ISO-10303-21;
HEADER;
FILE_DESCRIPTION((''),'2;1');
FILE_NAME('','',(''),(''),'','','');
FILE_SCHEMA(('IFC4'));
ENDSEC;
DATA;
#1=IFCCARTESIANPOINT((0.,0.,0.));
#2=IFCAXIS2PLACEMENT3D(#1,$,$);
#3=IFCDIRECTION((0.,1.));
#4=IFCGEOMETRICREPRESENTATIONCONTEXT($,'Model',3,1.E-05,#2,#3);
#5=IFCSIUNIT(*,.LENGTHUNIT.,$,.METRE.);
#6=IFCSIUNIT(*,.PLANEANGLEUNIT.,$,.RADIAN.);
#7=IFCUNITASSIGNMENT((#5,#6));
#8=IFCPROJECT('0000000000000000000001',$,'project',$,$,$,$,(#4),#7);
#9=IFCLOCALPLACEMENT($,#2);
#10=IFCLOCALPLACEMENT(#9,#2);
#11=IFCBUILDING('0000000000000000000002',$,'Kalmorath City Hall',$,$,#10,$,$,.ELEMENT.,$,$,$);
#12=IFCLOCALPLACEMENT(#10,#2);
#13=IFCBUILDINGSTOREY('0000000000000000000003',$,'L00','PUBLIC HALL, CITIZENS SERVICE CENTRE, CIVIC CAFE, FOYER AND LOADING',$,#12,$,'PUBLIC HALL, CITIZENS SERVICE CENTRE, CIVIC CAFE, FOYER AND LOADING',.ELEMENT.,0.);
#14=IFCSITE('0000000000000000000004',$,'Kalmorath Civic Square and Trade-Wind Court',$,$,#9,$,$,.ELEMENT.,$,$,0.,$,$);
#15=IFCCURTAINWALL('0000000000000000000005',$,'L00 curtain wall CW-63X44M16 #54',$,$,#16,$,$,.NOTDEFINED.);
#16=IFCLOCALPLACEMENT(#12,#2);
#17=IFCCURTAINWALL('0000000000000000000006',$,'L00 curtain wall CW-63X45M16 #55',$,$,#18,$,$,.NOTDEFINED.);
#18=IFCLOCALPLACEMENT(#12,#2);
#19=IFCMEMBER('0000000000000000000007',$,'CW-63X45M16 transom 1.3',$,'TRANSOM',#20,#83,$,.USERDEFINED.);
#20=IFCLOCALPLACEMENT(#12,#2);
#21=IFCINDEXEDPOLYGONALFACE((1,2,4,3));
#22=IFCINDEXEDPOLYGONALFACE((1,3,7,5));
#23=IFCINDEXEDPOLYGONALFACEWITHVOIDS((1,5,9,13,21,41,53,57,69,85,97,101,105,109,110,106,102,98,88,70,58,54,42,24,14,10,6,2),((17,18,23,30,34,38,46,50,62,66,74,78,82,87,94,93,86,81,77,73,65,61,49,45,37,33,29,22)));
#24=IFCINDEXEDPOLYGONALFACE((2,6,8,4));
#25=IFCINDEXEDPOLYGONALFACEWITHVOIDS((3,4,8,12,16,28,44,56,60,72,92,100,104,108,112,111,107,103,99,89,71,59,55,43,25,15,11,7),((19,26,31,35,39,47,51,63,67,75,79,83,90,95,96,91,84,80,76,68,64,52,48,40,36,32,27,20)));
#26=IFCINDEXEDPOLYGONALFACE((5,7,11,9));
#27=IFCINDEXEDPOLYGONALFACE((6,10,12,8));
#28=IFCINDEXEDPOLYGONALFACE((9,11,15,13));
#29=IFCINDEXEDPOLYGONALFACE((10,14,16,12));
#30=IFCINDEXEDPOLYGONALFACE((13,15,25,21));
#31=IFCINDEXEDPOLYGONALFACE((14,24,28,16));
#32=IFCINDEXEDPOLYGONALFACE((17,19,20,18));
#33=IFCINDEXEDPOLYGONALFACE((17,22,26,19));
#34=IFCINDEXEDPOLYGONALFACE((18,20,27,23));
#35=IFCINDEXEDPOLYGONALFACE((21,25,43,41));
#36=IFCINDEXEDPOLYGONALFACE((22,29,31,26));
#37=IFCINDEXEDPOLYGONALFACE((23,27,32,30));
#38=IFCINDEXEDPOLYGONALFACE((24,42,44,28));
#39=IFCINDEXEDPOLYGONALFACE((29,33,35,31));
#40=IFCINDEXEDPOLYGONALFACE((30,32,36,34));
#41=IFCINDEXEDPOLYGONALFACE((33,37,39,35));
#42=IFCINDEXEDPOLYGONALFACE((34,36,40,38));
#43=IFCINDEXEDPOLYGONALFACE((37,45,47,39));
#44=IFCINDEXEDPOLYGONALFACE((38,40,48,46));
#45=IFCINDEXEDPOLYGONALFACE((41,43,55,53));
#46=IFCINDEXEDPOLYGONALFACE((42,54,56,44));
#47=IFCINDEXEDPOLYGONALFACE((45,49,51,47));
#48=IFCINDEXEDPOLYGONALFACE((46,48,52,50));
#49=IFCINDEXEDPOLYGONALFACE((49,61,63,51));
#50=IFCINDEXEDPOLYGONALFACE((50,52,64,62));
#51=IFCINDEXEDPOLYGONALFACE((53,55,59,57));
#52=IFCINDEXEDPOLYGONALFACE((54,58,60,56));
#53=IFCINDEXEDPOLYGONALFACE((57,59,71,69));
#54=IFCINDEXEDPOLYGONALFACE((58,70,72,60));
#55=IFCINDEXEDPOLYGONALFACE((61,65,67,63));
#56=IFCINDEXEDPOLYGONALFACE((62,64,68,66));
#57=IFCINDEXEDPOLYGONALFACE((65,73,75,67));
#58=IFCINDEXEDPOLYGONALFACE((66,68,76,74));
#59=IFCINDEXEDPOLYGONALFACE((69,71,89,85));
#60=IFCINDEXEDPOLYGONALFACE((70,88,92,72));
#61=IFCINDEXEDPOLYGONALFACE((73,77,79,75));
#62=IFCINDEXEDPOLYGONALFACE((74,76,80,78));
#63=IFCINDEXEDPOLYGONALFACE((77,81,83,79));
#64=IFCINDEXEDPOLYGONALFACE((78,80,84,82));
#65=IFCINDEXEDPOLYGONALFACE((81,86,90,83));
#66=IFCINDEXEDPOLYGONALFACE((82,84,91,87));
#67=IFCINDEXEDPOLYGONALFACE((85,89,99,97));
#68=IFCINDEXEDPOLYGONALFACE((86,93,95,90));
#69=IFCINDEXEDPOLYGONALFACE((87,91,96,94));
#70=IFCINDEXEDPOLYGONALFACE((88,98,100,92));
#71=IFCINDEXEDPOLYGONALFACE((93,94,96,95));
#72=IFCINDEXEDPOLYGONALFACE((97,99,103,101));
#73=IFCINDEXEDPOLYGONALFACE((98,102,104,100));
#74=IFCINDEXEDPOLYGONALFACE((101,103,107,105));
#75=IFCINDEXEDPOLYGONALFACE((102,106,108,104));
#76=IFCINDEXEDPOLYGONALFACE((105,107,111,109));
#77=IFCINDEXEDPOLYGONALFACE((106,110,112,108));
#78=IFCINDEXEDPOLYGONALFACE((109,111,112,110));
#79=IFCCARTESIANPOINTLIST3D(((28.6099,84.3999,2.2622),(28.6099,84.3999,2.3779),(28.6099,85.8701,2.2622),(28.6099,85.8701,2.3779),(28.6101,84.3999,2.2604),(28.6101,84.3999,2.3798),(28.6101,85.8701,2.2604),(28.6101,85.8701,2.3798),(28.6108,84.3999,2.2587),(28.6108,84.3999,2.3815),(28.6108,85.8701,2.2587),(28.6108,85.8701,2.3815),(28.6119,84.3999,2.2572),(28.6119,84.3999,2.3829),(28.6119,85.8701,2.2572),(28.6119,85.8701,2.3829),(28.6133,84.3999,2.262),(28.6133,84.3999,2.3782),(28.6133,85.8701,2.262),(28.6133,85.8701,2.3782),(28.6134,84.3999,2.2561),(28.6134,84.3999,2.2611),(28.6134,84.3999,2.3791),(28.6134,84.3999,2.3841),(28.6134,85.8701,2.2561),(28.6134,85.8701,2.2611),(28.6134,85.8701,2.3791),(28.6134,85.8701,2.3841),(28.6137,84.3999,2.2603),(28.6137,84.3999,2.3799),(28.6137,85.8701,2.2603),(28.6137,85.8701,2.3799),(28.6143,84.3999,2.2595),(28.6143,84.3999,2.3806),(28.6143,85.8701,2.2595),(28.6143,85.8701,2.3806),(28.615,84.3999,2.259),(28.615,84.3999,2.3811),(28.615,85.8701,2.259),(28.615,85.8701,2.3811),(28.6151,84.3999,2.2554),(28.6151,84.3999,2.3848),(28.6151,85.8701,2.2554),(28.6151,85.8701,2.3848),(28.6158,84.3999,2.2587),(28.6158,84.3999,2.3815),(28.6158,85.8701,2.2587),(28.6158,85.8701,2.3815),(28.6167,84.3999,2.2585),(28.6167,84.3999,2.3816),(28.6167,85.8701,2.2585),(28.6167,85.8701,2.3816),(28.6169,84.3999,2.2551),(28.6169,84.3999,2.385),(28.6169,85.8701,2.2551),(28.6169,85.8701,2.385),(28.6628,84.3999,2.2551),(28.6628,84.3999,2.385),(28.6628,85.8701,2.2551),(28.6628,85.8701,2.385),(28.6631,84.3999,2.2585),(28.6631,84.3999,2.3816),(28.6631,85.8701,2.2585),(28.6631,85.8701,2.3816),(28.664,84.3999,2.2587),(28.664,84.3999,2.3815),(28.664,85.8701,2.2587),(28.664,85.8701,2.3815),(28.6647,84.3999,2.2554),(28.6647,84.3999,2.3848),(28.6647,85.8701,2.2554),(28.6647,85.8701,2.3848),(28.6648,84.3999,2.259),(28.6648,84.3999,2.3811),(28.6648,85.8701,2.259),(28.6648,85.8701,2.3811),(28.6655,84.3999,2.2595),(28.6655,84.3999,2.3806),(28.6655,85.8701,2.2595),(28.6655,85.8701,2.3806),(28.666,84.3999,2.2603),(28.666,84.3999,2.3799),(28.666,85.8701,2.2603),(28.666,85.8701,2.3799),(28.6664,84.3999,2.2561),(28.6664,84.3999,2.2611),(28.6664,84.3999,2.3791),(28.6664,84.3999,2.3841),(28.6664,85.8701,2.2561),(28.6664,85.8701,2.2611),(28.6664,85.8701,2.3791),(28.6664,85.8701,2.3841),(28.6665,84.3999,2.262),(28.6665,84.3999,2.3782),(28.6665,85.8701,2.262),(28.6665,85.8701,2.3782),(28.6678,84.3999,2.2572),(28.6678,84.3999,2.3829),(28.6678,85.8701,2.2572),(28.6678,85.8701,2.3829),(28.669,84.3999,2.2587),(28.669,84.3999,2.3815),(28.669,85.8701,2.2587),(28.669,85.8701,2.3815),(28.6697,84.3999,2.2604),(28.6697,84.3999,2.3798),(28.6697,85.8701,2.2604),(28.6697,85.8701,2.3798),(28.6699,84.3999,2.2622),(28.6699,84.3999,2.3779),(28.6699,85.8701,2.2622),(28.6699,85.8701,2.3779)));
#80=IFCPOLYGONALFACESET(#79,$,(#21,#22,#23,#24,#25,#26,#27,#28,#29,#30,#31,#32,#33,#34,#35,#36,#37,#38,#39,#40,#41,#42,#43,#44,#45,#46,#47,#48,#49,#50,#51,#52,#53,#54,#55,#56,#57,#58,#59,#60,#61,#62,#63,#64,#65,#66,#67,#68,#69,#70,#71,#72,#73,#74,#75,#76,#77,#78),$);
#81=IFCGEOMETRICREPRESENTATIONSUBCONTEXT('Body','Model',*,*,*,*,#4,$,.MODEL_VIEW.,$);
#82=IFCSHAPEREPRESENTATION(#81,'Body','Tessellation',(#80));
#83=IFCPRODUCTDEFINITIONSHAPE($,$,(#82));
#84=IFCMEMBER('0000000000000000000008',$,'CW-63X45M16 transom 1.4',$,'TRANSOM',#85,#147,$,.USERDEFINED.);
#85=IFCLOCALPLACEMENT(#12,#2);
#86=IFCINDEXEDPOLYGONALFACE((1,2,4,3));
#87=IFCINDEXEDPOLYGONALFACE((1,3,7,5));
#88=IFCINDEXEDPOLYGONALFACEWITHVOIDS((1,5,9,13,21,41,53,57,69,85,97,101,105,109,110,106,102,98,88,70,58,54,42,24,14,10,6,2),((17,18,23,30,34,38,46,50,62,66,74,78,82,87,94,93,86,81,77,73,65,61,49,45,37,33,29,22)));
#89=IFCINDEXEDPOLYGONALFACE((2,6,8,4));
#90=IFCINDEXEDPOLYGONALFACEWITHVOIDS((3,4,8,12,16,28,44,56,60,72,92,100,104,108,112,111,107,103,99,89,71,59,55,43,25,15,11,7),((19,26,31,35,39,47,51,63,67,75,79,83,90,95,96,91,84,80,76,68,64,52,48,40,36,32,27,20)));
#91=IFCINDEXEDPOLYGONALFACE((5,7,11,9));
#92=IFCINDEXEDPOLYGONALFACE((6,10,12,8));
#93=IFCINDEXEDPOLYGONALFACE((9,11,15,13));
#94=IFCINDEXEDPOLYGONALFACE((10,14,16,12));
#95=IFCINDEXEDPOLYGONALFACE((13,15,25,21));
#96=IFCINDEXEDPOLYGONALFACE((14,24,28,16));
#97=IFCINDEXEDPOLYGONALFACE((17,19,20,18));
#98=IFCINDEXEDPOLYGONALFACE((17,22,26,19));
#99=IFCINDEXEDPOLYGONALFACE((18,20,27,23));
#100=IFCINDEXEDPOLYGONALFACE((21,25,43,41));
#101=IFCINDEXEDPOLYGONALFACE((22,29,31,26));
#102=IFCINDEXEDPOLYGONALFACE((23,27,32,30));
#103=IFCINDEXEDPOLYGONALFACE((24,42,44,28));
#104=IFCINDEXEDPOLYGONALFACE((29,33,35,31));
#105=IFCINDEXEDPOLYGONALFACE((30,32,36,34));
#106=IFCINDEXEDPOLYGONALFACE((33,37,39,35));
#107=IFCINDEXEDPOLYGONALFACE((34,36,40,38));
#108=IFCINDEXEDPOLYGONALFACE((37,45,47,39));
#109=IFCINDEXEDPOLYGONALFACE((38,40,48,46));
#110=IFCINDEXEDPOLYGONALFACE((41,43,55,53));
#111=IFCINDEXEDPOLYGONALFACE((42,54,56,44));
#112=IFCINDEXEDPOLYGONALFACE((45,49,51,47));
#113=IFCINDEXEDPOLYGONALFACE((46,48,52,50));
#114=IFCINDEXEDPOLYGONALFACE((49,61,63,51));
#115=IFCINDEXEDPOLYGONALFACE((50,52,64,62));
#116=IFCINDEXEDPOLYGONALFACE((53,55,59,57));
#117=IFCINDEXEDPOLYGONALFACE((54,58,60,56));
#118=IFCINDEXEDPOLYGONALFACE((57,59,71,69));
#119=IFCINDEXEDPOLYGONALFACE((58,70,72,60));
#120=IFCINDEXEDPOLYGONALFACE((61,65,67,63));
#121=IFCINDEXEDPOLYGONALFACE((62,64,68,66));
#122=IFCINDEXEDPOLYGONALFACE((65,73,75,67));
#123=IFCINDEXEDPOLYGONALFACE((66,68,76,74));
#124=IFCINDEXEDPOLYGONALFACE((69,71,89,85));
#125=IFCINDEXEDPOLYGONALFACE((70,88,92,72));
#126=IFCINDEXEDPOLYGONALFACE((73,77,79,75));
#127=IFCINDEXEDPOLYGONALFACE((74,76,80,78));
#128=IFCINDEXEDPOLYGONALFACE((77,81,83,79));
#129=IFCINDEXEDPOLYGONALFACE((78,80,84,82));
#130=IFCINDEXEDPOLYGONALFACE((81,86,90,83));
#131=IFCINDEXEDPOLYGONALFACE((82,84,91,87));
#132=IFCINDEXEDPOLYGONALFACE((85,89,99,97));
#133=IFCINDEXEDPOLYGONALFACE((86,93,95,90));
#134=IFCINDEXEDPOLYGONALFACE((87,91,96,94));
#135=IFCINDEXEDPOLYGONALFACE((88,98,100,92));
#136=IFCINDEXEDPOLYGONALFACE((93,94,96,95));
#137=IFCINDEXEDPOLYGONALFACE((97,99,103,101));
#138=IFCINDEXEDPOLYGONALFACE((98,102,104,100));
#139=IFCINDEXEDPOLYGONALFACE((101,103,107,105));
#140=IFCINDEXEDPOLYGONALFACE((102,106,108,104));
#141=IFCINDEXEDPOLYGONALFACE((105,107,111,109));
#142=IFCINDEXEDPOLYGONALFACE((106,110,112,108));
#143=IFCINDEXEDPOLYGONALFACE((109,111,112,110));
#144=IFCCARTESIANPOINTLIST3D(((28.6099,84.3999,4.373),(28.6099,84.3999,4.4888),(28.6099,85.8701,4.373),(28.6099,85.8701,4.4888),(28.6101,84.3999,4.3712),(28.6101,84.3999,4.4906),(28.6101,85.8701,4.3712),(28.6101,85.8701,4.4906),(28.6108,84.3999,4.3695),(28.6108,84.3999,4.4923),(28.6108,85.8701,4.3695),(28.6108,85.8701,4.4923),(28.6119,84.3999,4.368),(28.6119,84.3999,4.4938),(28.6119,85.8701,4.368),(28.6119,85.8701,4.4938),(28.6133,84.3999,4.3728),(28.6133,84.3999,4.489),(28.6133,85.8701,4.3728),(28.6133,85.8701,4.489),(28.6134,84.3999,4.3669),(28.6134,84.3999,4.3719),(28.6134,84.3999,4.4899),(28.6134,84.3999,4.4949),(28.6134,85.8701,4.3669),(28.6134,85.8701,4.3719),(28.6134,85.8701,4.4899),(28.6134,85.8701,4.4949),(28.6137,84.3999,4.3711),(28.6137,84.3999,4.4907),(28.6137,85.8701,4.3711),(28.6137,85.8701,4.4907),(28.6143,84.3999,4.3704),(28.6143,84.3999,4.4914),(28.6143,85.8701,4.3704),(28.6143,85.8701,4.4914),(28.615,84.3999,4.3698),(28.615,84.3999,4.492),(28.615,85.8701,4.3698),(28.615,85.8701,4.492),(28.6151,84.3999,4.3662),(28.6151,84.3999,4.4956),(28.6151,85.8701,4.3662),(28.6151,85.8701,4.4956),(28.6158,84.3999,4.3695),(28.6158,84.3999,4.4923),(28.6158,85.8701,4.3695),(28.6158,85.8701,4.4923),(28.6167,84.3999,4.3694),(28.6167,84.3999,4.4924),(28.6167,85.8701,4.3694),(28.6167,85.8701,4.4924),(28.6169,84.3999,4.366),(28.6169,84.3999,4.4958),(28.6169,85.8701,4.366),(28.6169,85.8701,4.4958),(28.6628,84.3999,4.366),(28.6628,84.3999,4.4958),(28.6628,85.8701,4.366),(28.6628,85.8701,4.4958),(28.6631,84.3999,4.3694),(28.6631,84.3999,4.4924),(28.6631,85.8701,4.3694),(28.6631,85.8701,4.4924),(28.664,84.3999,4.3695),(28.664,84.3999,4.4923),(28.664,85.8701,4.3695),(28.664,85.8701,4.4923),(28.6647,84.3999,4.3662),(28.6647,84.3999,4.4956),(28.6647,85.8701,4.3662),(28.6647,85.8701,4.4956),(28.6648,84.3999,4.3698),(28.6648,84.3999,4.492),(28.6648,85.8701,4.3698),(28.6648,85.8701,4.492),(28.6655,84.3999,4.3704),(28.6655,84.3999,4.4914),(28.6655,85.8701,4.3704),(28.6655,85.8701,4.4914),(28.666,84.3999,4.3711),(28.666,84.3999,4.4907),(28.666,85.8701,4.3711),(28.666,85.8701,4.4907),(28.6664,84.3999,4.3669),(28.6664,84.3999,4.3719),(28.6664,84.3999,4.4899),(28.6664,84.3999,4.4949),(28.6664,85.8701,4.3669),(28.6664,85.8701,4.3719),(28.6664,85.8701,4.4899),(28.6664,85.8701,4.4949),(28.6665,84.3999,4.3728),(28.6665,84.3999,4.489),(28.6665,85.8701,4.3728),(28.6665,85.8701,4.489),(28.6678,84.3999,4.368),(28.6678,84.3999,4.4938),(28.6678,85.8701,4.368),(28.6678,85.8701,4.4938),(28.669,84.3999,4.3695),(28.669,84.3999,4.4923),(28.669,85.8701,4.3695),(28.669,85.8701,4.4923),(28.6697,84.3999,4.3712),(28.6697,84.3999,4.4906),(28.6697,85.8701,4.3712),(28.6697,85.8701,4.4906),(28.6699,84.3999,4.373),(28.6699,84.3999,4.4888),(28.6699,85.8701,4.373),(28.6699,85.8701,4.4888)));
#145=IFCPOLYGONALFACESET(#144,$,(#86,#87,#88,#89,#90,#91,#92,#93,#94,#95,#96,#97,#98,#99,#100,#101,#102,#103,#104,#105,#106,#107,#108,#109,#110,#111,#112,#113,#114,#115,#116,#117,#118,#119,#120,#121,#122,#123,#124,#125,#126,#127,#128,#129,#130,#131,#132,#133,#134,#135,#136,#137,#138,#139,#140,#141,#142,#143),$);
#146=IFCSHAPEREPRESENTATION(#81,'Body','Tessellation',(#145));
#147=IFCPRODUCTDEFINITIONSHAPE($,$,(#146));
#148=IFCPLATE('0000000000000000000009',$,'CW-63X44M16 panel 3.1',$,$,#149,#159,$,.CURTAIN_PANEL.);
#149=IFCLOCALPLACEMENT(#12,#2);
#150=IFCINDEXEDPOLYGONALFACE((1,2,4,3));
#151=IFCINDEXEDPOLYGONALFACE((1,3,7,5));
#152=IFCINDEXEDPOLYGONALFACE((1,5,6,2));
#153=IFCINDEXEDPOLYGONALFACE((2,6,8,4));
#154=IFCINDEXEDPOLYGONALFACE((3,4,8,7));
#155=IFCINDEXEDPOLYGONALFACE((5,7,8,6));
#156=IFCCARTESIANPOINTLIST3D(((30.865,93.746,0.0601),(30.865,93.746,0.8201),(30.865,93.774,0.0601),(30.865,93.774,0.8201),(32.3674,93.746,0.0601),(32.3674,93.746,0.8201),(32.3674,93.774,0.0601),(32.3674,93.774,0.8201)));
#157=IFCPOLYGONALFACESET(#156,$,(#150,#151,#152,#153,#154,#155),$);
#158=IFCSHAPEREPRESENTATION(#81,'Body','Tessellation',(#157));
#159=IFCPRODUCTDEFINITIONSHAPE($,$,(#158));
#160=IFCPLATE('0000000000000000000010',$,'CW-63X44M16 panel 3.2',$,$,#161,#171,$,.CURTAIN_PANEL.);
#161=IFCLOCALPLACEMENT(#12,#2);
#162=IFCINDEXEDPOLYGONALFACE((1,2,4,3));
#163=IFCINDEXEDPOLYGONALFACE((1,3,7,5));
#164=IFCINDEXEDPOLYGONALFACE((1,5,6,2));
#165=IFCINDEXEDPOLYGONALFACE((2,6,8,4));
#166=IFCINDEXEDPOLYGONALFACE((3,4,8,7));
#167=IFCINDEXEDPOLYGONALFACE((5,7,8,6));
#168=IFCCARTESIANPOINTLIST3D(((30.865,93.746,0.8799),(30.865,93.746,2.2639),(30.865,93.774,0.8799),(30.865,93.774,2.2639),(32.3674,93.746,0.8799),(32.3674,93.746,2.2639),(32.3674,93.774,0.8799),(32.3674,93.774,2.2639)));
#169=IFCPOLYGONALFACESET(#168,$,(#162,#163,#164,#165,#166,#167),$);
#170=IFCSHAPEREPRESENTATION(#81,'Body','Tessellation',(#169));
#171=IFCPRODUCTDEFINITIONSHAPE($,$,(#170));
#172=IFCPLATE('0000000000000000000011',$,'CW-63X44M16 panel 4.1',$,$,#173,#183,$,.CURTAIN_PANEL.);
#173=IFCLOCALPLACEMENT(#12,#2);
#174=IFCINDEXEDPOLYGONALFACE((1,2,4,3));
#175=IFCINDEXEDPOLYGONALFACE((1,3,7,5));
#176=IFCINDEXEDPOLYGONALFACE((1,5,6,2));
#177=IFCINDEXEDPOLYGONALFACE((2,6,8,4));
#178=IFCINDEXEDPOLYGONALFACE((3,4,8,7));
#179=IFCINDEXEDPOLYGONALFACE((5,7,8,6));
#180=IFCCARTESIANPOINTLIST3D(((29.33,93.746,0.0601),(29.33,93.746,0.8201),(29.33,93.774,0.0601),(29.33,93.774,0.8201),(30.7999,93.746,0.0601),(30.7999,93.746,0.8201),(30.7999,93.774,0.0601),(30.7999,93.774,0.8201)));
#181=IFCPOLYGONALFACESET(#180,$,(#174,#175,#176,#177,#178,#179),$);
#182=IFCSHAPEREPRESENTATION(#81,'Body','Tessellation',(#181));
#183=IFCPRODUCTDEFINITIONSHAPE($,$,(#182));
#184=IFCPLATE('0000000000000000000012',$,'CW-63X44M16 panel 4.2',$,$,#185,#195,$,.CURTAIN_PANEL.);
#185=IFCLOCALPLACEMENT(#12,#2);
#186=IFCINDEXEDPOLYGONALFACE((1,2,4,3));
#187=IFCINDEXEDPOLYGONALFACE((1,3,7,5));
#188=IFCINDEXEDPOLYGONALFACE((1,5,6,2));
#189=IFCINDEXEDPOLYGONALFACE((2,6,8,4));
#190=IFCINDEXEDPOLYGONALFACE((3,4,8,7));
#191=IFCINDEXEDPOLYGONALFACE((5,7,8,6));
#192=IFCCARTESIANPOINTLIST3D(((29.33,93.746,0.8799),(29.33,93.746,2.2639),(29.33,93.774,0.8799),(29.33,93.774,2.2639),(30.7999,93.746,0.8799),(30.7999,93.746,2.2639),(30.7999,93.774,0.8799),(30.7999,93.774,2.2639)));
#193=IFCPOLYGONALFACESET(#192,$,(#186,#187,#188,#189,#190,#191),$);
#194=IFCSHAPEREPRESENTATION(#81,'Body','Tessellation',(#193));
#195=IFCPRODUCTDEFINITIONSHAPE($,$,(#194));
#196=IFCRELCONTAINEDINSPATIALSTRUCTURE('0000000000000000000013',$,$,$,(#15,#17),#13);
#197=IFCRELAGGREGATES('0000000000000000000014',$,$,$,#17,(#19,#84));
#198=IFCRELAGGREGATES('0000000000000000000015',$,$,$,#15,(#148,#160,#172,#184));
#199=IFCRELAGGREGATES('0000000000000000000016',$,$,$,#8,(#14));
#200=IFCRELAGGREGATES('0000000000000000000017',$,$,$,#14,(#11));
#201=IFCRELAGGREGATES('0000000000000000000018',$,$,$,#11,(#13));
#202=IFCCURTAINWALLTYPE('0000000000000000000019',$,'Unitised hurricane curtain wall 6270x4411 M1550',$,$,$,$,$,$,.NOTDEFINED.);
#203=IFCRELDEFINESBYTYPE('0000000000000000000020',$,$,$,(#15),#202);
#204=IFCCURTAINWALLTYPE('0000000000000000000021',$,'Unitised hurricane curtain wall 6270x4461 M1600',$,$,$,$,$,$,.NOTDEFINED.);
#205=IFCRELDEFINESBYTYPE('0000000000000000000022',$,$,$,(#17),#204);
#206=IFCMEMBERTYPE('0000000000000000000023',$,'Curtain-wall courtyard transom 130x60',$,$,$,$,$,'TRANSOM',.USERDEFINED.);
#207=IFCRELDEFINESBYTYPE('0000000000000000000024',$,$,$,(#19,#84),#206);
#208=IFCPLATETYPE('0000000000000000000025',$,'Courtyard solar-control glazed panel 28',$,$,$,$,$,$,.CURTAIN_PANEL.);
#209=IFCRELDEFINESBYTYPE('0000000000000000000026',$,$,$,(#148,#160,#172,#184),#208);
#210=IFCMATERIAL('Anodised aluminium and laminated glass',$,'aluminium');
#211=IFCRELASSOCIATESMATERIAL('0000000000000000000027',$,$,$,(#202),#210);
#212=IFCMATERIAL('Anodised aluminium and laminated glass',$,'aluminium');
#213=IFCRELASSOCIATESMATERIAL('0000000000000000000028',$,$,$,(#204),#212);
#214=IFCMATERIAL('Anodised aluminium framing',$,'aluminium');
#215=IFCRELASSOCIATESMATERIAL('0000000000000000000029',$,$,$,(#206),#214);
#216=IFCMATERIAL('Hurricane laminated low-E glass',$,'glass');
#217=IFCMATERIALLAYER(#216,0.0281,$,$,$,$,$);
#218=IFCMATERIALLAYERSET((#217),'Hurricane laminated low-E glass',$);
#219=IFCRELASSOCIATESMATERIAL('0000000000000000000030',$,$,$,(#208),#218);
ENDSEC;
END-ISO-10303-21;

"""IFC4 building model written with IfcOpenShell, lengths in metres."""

from ifc_helpers import new_model, si_unit, direction, frame, origin, origin_2d, place, context, subcontext, project, spatial, rectangle, hollow_rectangle, extrude, material, layer, layer_set, material_profile, profile_set, type_object, element, aggregate, save


model = new_model("IFC4")

# Units and contexts
model_context = context("Model", 3, precision=1e-05, world=origin(), true_north=direction((0.0, 1.0)))
body_context = subcontext(model_context, "Body", "Model", "MODEL_VIEW")
ifc_project = project(units=[si_unit("LENGTHUNIT", "METRE"), si_unit("PLANEANGLEUNIT", "RADIAN")], contexts=[model_context])

# Site, building, storey
site_placement = place(None, origin())
site = spatial("IfcSite", under=ifc_project, at=site_placement, Name="Kalmorath Civic Square and Trade-Wind Court", CompositionType="ELEMENT", RefElevation=0.0)
building_placement = place(site_placement, origin())
building = spatial("IfcBuilding", under=site, at=building_placement, Name="Kalmorath City Hall", CompositionType="ELEMENT")
storey_placement = place(building_placement, origin())
storey = spatial("IfcBuildingStorey", under=building, at=storey_placement, Name="L00", Description="PUBLIC HALL, CITIZENS SERVICE CENTRE, CIVIC CAFE, FOYER AND LOADING", LongName="PUBLIC HALL, CITIZENS SERVICE CENTRE, CIVIC CAFE, FOYER AND LOADING", CompositionType="ELEMENT", Elevation=0.0)

# Curtain wall
ifc_material_1 = material(Name="Anodised aluminium and laminated glass", Category="aluminium")
curtain_wall_type_1 = type_object("IfcCurtainWallType", Name="Unitised hurricane curtain wall 6270x4411 M1550", PredefinedType="NOTDEFINED", material=ifc_material_1)
curtain_wall_1_placement = place(storey_placement, origin())
curtain_wall_1 = element("IfcCurtainWall", 1, at=curtain_wall_1_placement, inside=storey, type_object=curtain_wall_type_1, Name="L00 curtain wall CW-63X44M16 #54", PredefinedType="NOTDEFINED")

# Curtain wall
ifc_material_2 = material(Name="Anodised aluminium and laminated glass", Category="aluminium")
curtain_wall_type_2 = type_object("IfcCurtainWallType", Name="Unitised hurricane curtain wall 6270x4461 M1600", PredefinedType="NOTDEFINED", material=ifc_material_2)
curtain_wall_2_placement = place(storey_placement, origin())
curtain_wall_2 = element("IfcCurtainWall", 2, at=curtain_wall_2_placement, inside=storey, type_object=curtain_wall_type_2, Name="L00 curtain wall CW-63X45M16 #55", PredefinedType="NOTDEFINED")

# Members
ifc_material_3 = material(Name="Anodised aluminium framing", Category="aluminium")
ifc_material_profile_1 = material_profile(ifc_material_3, hollow_rectangle(XDim=0.0601, YDim=0.1299, WallThickness=0.0034, InnerFilletRadius=0.0034, OuterFilletRadius=0.0071, at=origin_2d()), Name="ALU-TRN-130X60X3.5")
ifc_profile_set_1 = profile_set([ifc_material_profile_1], Name="Anodised aluminium framing")
member_type_1 = type_object("IfcMemberType", Name="Curtain-wall courtyard transom 130x60", ElementType="TRANSOM", PredefinedType="USERDEFINED", material=ifc_profile_set_1)
member_1_placement = place(storey_placement, frame((28.6399, 85.8701, 2.3201), z_axis=(0.0, -1.0, 0.0), x_axis=(1.0, 0.0, 0.0)))
member_1 = element("IfcMember", 3, at=member_1_placement, type_object=member_type_1, Name="CW-63X45M16 transom 1.3", ObjectType="TRANSOM", PredefinedType="USERDEFINED", context=body_context, shape_type="SweptSolid", body=[
    extrude(hollow_rectangle(XDim=0.0601, YDim=0.1299, WallThickness=0.0034, InnerFilletRadius=0.0034, OuterFilletRadius=0.0071, at=origin_2d()), origin(), (0.0, 0.0, 1.0), 1.4702),
])
member_2_placement = place(storey_placement, frame((28.6399, 85.8701, 4.4309), z_axis=(0.0, -1.0, 0.0), x_axis=(1.0, 0.0, 0.0)))
member_2 = element("IfcMember", 4, at=member_2_placement, type_object=member_type_1, Name="CW-63X45M16 transom 1.4", ObjectType="TRANSOM", PredefinedType="USERDEFINED", context=body_context, shape_type="SweptSolid", body=[
    extrude(hollow_rectangle(XDim=0.0601, YDim=0.1299, WallThickness=0.0034, InnerFilletRadius=0.0034, OuterFilletRadius=0.0071, at=origin_2d()), origin(), (0.0, 0.0, 1.0), 1.4702),
])
aggregate(curtain_wall_2, [member_1, member_2])

# Plates
ifc_material_4 = material(Name="Hurricane laminated low-E glass", Category="glass")
ifc_layer_1 = layer(ifc_material_4, 0.0281)
ifc_layer_set_1 = layer_set([ifc_layer_1], Name="Hurricane laminated low-E glass")
plate_type = type_object("IfcPlateType", Name="Courtyard solar-control glazed panel 28", PredefinedType="CURTAIN_PANEL", material=ifc_layer_set_1)
plate_1_placement = place(storey_placement, frame((31.6162, 93.76, 0.0601), z_axis=(0.0, 0.0, 1.0), x_axis=(-1.0, 0.0, 0.0)))
plate_1 = element("IfcPlate", 5, at=plate_1_placement, type_object=plate_type, Name="CW-63X44M16 panel 3.1", PredefinedType="CURTAIN_PANEL", context=body_context, shape_type="SweptSolid", body=[
    extrude(rectangle(XDim=1.5024, YDim=0.0281, at=origin_2d()), origin(), (0.0, 0.0, 1.0), 0.76),
])
plate_2_placement = place(storey_placement, frame((31.6162, 93.76, 0.8799), z_axis=(0.0, 0.0, 1.0), x_axis=(-1.0, 0.0, 0.0)))
plate_2 = element("IfcPlate", 6, at=plate_2_placement, type_object=plate_type, Name="CW-63X44M16 panel 3.2", PredefinedType="CURTAIN_PANEL", context=body_context, shape_type="SweptSolid", body=[
    extrude(rectangle(XDim=1.5024, YDim=0.0281, at=origin_2d()), origin(), (0.0, 0.0, 1.0), 1.384),
])
plate_3_placement = place(storey_placement, frame((30.0649, 93.76, 0.0601), z_axis=(0.0, 0.0, 1.0), x_axis=(-1.0, 0.0, 0.0)))
plate_3 = element("IfcPlate", 7, at=plate_3_placement, type_object=plate_type, Name="CW-63X44M16 panel 4.1", PredefinedType="CURTAIN_PANEL", context=body_context, shape_type="SweptSolid", body=[
    extrude(rectangle(XDim=1.47, YDim=0.0281, at=origin_2d()), origin(), (0.0, 0.0, 1.0), 0.76),
])
plate_4_placement = place(storey_placement, frame((30.0649, 93.76, 0.8799), z_axis=(0.0, 0.0, 1.0), x_axis=(-1.0, 0.0, 0.0)))
plate_4 = element("IfcPlate", 8, at=plate_4_placement, type_object=plate_type, Name="CW-63X44M16 panel 4.2", PredefinedType="CURTAIN_PANEL", context=body_context, shape_type="SweptSolid", body=[
    extrude(rectangle(XDim=1.47, YDim=0.0281, at=origin_2d()), origin(), (0.0, 0.0, 1.0), 1.384),
])
aggregate(curtain_wall_1, [plate_1, plate_2, plate_3, plate_4])

save(model, "model.ifc")
